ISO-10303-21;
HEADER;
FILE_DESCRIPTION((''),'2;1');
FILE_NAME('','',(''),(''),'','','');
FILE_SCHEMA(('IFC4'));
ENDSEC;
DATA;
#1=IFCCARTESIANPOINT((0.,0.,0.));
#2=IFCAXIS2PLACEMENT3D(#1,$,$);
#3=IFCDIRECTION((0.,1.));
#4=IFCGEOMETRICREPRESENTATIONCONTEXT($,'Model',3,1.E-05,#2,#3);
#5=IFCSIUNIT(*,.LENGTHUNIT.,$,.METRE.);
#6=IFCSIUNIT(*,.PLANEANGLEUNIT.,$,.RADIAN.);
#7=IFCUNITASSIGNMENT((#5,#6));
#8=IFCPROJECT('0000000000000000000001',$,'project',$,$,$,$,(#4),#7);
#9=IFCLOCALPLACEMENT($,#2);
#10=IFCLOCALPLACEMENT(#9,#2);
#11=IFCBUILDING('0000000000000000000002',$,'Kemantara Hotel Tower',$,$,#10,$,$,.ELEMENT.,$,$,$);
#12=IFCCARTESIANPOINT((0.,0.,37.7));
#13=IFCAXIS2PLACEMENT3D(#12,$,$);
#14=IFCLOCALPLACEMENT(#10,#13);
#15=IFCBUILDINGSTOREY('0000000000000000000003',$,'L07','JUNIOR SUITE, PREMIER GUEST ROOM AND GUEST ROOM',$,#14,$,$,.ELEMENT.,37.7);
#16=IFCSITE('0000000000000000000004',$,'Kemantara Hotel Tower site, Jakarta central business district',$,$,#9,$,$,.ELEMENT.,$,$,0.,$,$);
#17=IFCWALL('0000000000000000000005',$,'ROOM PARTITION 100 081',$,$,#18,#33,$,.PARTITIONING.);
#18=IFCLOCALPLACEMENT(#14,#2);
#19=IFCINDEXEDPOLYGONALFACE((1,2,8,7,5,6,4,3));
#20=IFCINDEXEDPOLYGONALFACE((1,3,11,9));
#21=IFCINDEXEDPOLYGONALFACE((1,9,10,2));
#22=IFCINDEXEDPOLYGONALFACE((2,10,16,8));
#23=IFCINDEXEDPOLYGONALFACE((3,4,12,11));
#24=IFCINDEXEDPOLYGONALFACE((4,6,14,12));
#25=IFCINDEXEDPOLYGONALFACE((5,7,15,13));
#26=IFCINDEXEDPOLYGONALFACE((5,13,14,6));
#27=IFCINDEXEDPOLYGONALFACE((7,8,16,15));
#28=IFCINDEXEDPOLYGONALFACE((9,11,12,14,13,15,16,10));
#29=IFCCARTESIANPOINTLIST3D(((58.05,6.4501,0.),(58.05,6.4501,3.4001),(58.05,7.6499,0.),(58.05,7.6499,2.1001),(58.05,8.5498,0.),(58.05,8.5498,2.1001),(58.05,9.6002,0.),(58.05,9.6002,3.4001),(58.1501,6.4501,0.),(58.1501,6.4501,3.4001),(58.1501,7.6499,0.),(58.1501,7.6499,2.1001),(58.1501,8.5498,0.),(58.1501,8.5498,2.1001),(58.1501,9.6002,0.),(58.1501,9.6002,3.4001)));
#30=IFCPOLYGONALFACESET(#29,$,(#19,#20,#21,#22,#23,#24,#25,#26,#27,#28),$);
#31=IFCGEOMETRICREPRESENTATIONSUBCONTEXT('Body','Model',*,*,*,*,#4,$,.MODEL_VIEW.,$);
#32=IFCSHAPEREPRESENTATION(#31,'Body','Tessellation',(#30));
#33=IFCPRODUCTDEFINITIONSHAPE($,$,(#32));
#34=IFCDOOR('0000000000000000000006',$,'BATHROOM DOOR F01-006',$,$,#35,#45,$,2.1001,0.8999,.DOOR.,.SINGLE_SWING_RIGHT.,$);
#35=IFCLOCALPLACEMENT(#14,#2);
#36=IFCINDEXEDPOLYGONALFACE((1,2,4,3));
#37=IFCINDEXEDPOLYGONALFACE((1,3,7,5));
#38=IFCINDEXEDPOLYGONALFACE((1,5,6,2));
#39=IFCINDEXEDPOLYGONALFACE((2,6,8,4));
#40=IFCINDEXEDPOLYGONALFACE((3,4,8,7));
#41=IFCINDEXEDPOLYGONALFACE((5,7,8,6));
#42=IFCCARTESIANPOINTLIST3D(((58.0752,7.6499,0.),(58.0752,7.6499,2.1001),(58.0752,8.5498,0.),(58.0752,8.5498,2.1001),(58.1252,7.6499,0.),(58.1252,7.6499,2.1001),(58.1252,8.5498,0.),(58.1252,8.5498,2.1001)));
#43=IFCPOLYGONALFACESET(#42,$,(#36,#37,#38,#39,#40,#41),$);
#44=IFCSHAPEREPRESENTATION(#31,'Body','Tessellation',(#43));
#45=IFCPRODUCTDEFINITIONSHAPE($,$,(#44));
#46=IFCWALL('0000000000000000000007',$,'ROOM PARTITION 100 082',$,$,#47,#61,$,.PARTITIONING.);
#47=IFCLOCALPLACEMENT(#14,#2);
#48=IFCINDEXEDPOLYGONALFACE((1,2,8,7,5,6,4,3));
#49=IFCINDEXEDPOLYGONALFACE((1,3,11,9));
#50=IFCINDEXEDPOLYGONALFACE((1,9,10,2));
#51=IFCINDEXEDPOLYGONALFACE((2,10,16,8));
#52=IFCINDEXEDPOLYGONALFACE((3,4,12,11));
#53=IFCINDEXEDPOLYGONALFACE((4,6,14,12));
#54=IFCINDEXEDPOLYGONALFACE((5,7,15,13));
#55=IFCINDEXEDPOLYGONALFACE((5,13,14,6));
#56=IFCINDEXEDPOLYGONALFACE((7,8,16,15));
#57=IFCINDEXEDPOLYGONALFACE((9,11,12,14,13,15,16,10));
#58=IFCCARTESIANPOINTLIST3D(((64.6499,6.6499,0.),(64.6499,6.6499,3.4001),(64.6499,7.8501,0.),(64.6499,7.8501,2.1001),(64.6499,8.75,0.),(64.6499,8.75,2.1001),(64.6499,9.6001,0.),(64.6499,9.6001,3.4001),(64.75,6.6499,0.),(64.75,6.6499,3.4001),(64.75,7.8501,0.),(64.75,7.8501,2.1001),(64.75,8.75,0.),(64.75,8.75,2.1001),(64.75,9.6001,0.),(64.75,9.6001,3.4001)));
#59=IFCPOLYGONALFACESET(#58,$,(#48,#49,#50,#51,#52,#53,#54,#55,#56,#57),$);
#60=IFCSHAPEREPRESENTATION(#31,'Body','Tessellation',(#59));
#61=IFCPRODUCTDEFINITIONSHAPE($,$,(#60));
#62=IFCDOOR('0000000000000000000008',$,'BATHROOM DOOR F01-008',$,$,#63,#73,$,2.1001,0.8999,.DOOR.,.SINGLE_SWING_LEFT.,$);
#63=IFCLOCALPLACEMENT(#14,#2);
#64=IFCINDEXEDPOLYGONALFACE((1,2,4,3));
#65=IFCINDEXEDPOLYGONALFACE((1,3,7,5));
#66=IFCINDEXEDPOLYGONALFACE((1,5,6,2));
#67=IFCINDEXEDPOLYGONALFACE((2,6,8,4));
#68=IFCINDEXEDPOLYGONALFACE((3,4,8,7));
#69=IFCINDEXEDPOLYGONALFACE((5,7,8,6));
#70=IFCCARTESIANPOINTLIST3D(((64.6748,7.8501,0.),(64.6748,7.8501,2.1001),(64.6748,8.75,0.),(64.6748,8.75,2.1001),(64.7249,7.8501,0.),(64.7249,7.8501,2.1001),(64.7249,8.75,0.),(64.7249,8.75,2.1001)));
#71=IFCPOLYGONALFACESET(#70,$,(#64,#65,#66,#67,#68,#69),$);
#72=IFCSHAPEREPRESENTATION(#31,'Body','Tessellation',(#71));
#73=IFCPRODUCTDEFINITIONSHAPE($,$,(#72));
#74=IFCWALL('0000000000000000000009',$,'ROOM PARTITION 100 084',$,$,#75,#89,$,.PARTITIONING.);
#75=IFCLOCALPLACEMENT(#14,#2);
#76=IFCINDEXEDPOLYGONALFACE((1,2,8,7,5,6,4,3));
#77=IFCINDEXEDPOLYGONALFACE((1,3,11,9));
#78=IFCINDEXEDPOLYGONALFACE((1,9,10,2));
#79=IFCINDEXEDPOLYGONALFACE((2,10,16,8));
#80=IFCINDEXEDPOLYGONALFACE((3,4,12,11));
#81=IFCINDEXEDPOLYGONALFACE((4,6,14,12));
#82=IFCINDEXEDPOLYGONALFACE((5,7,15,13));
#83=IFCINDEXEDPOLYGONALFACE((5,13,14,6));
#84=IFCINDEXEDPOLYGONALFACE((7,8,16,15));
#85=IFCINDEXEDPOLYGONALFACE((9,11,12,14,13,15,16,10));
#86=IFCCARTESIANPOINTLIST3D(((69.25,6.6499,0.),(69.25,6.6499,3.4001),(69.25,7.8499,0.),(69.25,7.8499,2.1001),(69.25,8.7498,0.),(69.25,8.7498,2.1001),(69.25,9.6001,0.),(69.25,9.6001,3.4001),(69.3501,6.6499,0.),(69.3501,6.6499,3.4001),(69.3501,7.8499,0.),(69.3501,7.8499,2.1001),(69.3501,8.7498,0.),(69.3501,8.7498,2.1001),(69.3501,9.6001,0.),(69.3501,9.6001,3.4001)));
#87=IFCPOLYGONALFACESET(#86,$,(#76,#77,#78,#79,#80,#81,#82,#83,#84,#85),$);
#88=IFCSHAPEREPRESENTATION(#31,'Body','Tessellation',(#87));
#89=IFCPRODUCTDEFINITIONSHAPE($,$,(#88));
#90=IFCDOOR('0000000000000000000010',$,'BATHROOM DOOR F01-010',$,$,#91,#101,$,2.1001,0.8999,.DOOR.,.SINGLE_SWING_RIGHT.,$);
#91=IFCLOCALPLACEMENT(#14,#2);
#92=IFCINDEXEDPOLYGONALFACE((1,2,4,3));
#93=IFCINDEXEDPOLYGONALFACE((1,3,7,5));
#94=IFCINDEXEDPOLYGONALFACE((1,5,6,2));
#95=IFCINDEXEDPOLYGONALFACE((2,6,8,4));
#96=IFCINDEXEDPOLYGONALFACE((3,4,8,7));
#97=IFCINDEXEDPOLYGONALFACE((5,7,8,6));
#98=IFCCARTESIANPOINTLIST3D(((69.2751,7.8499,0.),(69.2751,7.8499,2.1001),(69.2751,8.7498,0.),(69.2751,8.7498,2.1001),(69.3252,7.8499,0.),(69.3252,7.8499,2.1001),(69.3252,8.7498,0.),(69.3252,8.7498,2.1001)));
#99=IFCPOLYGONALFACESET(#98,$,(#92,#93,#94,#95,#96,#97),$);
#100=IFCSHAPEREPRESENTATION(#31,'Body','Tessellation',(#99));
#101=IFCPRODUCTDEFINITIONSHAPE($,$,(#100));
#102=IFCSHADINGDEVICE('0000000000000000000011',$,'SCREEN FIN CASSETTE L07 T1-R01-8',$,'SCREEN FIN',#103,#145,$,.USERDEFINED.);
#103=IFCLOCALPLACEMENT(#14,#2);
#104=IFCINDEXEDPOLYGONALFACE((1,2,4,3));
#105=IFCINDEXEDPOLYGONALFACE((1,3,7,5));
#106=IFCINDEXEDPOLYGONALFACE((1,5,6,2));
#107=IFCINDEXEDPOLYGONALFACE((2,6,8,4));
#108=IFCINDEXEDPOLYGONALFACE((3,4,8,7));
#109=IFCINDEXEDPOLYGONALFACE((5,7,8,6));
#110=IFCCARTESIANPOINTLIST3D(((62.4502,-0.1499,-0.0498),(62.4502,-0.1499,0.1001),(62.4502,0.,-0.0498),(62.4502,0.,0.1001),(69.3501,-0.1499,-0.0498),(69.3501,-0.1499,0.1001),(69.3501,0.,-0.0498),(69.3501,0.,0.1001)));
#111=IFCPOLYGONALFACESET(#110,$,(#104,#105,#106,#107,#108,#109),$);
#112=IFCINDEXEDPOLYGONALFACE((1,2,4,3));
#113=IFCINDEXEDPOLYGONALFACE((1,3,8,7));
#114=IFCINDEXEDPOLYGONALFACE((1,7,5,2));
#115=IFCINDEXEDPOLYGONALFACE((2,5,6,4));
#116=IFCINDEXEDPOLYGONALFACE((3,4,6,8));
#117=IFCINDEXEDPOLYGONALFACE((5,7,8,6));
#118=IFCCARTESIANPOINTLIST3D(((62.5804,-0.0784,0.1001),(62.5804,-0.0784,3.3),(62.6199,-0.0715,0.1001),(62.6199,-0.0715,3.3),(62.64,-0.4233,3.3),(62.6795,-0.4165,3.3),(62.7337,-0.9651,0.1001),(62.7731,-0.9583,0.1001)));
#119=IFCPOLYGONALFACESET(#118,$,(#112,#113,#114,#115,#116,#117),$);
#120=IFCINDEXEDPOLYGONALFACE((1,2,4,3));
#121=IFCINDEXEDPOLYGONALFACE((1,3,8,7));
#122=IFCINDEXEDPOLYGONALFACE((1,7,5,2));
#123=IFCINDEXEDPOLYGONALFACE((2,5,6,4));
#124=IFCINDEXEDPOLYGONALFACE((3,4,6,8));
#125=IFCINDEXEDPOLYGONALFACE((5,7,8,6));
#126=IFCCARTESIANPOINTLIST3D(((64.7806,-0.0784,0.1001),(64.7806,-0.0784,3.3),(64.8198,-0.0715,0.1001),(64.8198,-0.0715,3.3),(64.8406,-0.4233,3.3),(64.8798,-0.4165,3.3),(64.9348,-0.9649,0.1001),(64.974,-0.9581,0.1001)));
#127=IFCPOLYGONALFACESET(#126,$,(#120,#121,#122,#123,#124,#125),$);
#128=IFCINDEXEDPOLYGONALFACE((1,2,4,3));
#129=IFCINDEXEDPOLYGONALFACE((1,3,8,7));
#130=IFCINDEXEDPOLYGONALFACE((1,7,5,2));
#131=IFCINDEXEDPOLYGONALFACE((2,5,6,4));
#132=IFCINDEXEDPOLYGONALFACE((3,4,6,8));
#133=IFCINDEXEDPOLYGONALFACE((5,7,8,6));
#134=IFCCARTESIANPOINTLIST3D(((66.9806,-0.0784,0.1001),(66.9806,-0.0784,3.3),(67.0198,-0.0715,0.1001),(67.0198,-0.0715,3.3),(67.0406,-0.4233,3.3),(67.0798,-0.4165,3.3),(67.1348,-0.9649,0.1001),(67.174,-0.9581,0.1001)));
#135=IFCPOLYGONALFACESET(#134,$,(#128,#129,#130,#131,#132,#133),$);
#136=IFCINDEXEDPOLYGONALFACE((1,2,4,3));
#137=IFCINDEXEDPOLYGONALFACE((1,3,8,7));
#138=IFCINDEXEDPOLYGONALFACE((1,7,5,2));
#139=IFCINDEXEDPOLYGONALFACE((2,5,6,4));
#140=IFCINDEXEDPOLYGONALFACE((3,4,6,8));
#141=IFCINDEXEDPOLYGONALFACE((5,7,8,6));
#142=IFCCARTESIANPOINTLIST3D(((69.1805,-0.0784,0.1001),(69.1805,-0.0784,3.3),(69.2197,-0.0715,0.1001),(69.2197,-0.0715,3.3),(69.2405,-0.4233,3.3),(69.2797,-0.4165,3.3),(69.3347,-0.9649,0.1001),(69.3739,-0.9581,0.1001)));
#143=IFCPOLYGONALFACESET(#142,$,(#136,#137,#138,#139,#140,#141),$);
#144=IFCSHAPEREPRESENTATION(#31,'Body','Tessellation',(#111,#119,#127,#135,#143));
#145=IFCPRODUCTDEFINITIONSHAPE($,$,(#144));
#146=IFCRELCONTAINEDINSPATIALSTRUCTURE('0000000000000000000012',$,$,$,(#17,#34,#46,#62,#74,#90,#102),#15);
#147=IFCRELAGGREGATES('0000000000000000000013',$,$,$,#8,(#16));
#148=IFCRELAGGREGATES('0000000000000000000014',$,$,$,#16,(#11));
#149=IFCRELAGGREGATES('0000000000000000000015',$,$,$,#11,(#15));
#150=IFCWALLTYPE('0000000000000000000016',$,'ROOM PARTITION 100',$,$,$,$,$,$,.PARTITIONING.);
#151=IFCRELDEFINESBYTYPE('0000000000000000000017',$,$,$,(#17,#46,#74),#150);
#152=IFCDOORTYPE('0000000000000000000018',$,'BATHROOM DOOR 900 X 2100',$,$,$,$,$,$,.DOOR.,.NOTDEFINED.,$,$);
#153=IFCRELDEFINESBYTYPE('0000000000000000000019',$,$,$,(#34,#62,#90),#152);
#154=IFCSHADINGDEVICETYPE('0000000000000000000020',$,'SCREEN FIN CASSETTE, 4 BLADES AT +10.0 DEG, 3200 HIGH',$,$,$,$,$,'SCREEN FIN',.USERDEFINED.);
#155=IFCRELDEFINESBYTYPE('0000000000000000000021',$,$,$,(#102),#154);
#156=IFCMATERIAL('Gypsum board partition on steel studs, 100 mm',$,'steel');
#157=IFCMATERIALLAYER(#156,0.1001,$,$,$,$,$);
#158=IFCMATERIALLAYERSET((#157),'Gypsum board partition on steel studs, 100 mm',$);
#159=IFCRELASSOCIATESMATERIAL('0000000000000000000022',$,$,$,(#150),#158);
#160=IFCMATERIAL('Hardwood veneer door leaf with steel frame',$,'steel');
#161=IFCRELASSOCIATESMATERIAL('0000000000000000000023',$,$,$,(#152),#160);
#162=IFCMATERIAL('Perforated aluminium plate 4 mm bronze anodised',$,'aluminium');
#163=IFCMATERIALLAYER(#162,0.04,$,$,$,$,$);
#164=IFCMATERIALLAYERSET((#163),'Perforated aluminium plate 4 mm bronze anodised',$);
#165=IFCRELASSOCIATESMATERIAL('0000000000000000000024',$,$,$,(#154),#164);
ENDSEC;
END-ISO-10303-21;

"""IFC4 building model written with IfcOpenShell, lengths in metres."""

from ifc_helpers import new_model, si_unit, direction, frame, frame_2d, origin, origin_2d, place, context, subcontext, project, spatial, polyline, rectangle, outline, extrude, source, transform, mapped, material, layer, layer_set, type_object, element, fill, save


model = new_model("IFC4")

# Units and contexts
model_context = context("Model", 3, precision=1e-05, world=origin(), true_north=direction((0.0, 1.0)))
body_context = subcontext(model_context, "Body", "Model", "MODEL_VIEW")
ifc_project = project(units=[si_unit("LENGTHUNIT", "METRE"), si_unit("PLANEANGLEUNIT", "RADIAN")], contexts=[model_context])

# Site, building, storey
site_placement = place(None, origin())
site = spatial("IfcSite", under=ifc_project, at=site_placement, Name="Kemantara Hotel Tower site, Jakarta central business district", CompositionType="ELEMENT", RefElevation=0.0)
building_placement = place(site_placement, origin())
building = spatial("IfcBuilding", under=site, at=building_placement, Name="Kemantara Hotel Tower", CompositionType="ELEMENT")
storey_placement = place(building_placement, frame((0.0, 0.0, 37.7)))
storey = spatial("IfcBuildingStorey", under=building, at=storey_placement, Name="L07", Description="JUNIOR SUITE, PREMIER GUEST ROOM AND GUEST ROOM", CompositionType="ELEMENT", Elevation=37.7)

# Shared definitions
ifc_material_1 = material(Name="Hardwood veneer door leaf with steel frame", Category="steel")

# Shared definitions
ifc_material_2 = material(Name="Gypsum board partition on steel studs, 100 mm", Category="steel")
ifc_layer_1 = layer(ifc_material_2, 0.1001)
ifc_layer_set_1 = layer_set([ifc_layer_1], Name="Gypsum board partition on steel studs, 100 mm")
wall_type_1 = type_object("IfcWallType", Name="ROOM PARTITION 100", PredefinedType="PARTITIONING", material=ifc_layer_set_1)

# Walls, openings, doors
wall_1_placement = place(storey_placement, frame((58.1001, 6.45, 0.0), z_axis=(0.0, 0.0, 1.0), x_axis=(0.0, 1.0, 0.0)))
wall_1 = element("IfcWall", 1, at=wall_1_placement, inside=storey, type_object=wall_type_1, Name="ROOM PARTITION 100 081", PredefinedType="PARTITIONING", context=body_context, shape_type="SweptSolid", body=[
    extrude(rectangle(XDim=3.1501, YDim=0.1001, at=frame_2d((1.5752, 0.0))), origin(), (0.0, 0.0, 1.0), 3.4001),
])
opening_1_placement = place(wall_1_placement, frame((1.2, 0.0, 0.0)))
opening_1 = element("IfcOpeningElement", 2, at=opening_1_placement, cuts=wall_1, PredefinedType="OPENING", context=body_context, shape_type="SweptSolid", body=[
    extrude(rectangle(XDim=0.8999, YDim=2.1001, at=frame_2d((0.45, 1.05))), frame((0.0, 0.0601, 0.0), z_axis=(0.0, -1.0, 0.0), x_axis=(1.0, 0.0, 0.0)), (0.0, 0.0, 1.0), 0.1201),
])
door_type_1 = type_object("IfcDoorType", Name="BATHROOM DOOR 900 X 2100", OperationType="NOTDEFINED", PredefinedType="DOOR", material=ifc_material_1)
door_1_placement = place(opening_1_placement, origin())
door_1 = element("IfcDoor", 3, at=door_1_placement, inside=storey, type_object=door_type_1, Name="BATHROOM DOOR F01-006", OperationType="SINGLE_SWING_RIGHT", OverallHeight=2.1001, OverallWidth=0.8999, PredefinedType="DOOR", context=body_context, shape_type="SweptSolid", body=[
    extrude(rectangle(XDim=0.8999, YDim=2.1001, at=frame_2d((0.45, 1.05))), frame((0.0, 0.0249, 0.0), z_axis=(0.0, -1.0, 0.0), x_axis=(1.0, 0.0, 0.0)), (0.0, 0.0, 1.0), 0.05),
])
fill(opening_1, door_1)
wall_2_placement = place(storey_placement, frame((64.7, 9.6001, 0.0), z_axis=(0.0, 0.0, 1.0), x_axis=(0.0, -1.0, 0.0)))
wall_2 = element("IfcWall", 4, at=wall_2_placement, inside=storey, type_object=wall_type_1, Name="ROOM PARTITION 100 082", PredefinedType="PARTITIONING", context=body_context, shape_type="SweptSolid", body=[
    extrude(rectangle(XDim=2.9502, YDim=0.1001, at=frame_2d((1.4751, 0.0))), origin(), (0.0, 0.0, 1.0), 3.4001),
])
opening_2_placement = place(wall_2_placement, frame((0.8501, 0.0, 0.0)))
opening_2 = element("IfcOpeningElement", 5, at=opening_2_placement, cuts=wall_2, PredefinedType="OPENING", context=body_context, shape_type="SweptSolid", body=[
    extrude(rectangle(XDim=0.8999, YDim=2.1001, at=frame_2d((0.45, 1.05))), frame((0.0, 0.0601, 0.0), z_axis=(0.0, -1.0, 0.0), x_axis=(1.0, 0.0, 0.0)), (0.0, 0.0, 1.0), 0.1201),
])
door_2_placement = place(opening_2_placement, origin())
door_2 = element("IfcDoor", 6, at=door_2_placement, inside=storey, type_object=door_type_1, Name="BATHROOM DOOR F01-008", OperationType="SINGLE_SWING_LEFT", OverallHeight=2.1001, OverallWidth=0.8999, PredefinedType="DOOR", context=body_context, shape_type="SweptSolid", body=[
    extrude(rectangle(XDim=0.8999, YDim=2.1001, at=frame_2d((0.45, 1.05))), frame((0.0, 0.0249, 0.0), z_axis=(0.0, -1.0, 0.0), x_axis=(1.0, 0.0, 0.0)), (0.0, 0.0, 1.0), 0.05),
])
fill(opening_2, door_2)
wall_3_placement = place(storey_placement, frame((69.3, 6.6499, 0.0), z_axis=(0.0, 0.0, 1.0), x_axis=(0.0, 1.0, 0.0)))
wall_3 = element("IfcWall", 7, at=wall_3_placement, inside=storey, type_object=wall_type_1, Name="ROOM PARTITION 100 084", PredefinedType="PARTITIONING", context=body_context, shape_type="SweptSolid", body=[
    extrude(rectangle(XDim=2.9502, YDim=0.1001, at=frame_2d((1.4751, 0.0))), origin(), (0.0, 0.0, 1.0), 3.4001),
])
opening_3_placement = place(wall_3_placement, frame((1.2, 0.0, 0.0)))
opening_3 = element("IfcOpeningElement", 8, at=opening_3_placement, cuts=wall_3, PredefinedType="OPENING", context=body_context, shape_type="SweptSolid", body=[
    extrude(rectangle(XDim=0.8999, YDim=2.1001, at=frame_2d((0.45, 1.05))), frame((0.0, 0.0601, 0.0), z_axis=(0.0, -1.0, 0.0), x_axis=(1.0, 0.0, 0.0)), (0.0, 0.0, 1.0), 0.1201),
])
door_3_placement = place(opening_3_placement, origin())
door_3 = element("IfcDoor", 9, at=door_3_placement, inside=storey, type_object=door_type_1, Name="BATHROOM DOOR F01-010", OperationType="SINGLE_SWING_RIGHT", OverallHeight=2.1001, OverallWidth=0.8999, PredefinedType="DOOR", context=body_context, shape_type="SweptSolid", body=[
    extrude(rectangle(XDim=0.8999, YDim=2.1001, at=frame_2d((0.45, 1.05))), frame((0.0, 0.0249, 0.0), z_axis=(0.0, -1.0, 0.0), x_axis=(1.0, 0.0, 0.0)), (0.0, 0.0, 1.0), 0.05),
])
fill(opening_3, door_3)

# Shading device
ifc_material_3 = material(Name="Perforated aluminium plate 4 mm bronze anodised", Category="aluminium")
ifc_layer_2 = layer(ifc_material_3, 0.04)
ifc_layer_set_2 = layer_set([ifc_layer_2], Name="Perforated aluminium plate 4 mm bronze anodised")
shading_device_type_1 = type_object("IfcShadingDeviceType", Name="SCREEN FIN CASSETTE, 4 BLADES AT +10.0 DEG, 3200 HIGH", ElementType="SCREEN FIN", PredefinedType="USERDEFINED", material=ifc_layer_set_2)
shared_shape_1 = source(origin(), body_context, "Body", "SweptSolid", [
    extrude(rectangle(XDim=6.8999, YDim=0.1499, at=origin_2d()), frame((3.3, -0.075, -0.1499), z_axis=(0.0, 0.0, 1.0), x_axis=(1.0, 0.0, 0.0)), (0.0, 0.0, 1.0), 0.1499),
    extrude(outline(polyline([(0.0, 0.0), (0.8999, 0.0), (0.3501, 3.2), (0.0, 3.2), (0.0, 0.0)])), frame((0.0198, -0.0715, 0.0), z_axis=(-0.98539, -0.170314, 0.0), x_axis=(0.170314, -0.98539, 0.0)), (0.0, 0.0, 1.0), 0.04),
    extrude(outline(polyline([(0.0, 0.0), (0.8999, 0.0), (0.3501, 3.2), (0.0, 3.2), (0.0, 0.0)])), frame((2.2197, -0.0715, 0.0), z_axis=(-0.985212, -0.171341, 0.0), x_axis=(0.171341, -0.985212, 0.0)), (0.0, 0.0, 1.0), 0.0398),
    extrude(outline(polyline([(0.0, 0.0), (0.8999, 0.0), (0.3501, 3.2), (0.0, 3.2), (0.0, 0.0)])), frame((4.4197, -0.0715, 0.0), z_axis=(-0.985212, -0.171341, 0.0), x_axis=(0.171341, -0.985212, 0.0)), (0.0, 0.0, 1.0), 0.0398),
    extrude(outline(polyline([(0.0, 0.0), (0.8999, 0.0), (0.3501, 3.2), (0.0, 3.2), (0.0, 0.0)])), frame((6.6196, -0.0715, 0.0), z_axis=(-0.985212, -0.171341, 0.0), x_axis=(0.171341, -0.985212, 0.0)), (0.0, 0.0, 1.0), 0.0398),
])
shading_device_1_placement = place(storey_placement, frame((62.6001, 0.0, 0.1001), z_axis=(0.0, 0.0, 1.0), x_axis=(1.0, 0.0, 0.0)))
element("IfcShadingDevice", 10, at=shading_device_1_placement, inside=storey, type_object=shading_device_type_1, Name="SCREEN FIN CASSETTE L07 T1-R01-8", ObjectType="SCREEN FIN", PredefinedType="USERDEFINED", context=body_context, shape_type="MappedRepresentation", body=[
    mapped(shared_shape_1, transform((0.0, 0.0, 0.0))),
])

save(model, "model.ifc")
